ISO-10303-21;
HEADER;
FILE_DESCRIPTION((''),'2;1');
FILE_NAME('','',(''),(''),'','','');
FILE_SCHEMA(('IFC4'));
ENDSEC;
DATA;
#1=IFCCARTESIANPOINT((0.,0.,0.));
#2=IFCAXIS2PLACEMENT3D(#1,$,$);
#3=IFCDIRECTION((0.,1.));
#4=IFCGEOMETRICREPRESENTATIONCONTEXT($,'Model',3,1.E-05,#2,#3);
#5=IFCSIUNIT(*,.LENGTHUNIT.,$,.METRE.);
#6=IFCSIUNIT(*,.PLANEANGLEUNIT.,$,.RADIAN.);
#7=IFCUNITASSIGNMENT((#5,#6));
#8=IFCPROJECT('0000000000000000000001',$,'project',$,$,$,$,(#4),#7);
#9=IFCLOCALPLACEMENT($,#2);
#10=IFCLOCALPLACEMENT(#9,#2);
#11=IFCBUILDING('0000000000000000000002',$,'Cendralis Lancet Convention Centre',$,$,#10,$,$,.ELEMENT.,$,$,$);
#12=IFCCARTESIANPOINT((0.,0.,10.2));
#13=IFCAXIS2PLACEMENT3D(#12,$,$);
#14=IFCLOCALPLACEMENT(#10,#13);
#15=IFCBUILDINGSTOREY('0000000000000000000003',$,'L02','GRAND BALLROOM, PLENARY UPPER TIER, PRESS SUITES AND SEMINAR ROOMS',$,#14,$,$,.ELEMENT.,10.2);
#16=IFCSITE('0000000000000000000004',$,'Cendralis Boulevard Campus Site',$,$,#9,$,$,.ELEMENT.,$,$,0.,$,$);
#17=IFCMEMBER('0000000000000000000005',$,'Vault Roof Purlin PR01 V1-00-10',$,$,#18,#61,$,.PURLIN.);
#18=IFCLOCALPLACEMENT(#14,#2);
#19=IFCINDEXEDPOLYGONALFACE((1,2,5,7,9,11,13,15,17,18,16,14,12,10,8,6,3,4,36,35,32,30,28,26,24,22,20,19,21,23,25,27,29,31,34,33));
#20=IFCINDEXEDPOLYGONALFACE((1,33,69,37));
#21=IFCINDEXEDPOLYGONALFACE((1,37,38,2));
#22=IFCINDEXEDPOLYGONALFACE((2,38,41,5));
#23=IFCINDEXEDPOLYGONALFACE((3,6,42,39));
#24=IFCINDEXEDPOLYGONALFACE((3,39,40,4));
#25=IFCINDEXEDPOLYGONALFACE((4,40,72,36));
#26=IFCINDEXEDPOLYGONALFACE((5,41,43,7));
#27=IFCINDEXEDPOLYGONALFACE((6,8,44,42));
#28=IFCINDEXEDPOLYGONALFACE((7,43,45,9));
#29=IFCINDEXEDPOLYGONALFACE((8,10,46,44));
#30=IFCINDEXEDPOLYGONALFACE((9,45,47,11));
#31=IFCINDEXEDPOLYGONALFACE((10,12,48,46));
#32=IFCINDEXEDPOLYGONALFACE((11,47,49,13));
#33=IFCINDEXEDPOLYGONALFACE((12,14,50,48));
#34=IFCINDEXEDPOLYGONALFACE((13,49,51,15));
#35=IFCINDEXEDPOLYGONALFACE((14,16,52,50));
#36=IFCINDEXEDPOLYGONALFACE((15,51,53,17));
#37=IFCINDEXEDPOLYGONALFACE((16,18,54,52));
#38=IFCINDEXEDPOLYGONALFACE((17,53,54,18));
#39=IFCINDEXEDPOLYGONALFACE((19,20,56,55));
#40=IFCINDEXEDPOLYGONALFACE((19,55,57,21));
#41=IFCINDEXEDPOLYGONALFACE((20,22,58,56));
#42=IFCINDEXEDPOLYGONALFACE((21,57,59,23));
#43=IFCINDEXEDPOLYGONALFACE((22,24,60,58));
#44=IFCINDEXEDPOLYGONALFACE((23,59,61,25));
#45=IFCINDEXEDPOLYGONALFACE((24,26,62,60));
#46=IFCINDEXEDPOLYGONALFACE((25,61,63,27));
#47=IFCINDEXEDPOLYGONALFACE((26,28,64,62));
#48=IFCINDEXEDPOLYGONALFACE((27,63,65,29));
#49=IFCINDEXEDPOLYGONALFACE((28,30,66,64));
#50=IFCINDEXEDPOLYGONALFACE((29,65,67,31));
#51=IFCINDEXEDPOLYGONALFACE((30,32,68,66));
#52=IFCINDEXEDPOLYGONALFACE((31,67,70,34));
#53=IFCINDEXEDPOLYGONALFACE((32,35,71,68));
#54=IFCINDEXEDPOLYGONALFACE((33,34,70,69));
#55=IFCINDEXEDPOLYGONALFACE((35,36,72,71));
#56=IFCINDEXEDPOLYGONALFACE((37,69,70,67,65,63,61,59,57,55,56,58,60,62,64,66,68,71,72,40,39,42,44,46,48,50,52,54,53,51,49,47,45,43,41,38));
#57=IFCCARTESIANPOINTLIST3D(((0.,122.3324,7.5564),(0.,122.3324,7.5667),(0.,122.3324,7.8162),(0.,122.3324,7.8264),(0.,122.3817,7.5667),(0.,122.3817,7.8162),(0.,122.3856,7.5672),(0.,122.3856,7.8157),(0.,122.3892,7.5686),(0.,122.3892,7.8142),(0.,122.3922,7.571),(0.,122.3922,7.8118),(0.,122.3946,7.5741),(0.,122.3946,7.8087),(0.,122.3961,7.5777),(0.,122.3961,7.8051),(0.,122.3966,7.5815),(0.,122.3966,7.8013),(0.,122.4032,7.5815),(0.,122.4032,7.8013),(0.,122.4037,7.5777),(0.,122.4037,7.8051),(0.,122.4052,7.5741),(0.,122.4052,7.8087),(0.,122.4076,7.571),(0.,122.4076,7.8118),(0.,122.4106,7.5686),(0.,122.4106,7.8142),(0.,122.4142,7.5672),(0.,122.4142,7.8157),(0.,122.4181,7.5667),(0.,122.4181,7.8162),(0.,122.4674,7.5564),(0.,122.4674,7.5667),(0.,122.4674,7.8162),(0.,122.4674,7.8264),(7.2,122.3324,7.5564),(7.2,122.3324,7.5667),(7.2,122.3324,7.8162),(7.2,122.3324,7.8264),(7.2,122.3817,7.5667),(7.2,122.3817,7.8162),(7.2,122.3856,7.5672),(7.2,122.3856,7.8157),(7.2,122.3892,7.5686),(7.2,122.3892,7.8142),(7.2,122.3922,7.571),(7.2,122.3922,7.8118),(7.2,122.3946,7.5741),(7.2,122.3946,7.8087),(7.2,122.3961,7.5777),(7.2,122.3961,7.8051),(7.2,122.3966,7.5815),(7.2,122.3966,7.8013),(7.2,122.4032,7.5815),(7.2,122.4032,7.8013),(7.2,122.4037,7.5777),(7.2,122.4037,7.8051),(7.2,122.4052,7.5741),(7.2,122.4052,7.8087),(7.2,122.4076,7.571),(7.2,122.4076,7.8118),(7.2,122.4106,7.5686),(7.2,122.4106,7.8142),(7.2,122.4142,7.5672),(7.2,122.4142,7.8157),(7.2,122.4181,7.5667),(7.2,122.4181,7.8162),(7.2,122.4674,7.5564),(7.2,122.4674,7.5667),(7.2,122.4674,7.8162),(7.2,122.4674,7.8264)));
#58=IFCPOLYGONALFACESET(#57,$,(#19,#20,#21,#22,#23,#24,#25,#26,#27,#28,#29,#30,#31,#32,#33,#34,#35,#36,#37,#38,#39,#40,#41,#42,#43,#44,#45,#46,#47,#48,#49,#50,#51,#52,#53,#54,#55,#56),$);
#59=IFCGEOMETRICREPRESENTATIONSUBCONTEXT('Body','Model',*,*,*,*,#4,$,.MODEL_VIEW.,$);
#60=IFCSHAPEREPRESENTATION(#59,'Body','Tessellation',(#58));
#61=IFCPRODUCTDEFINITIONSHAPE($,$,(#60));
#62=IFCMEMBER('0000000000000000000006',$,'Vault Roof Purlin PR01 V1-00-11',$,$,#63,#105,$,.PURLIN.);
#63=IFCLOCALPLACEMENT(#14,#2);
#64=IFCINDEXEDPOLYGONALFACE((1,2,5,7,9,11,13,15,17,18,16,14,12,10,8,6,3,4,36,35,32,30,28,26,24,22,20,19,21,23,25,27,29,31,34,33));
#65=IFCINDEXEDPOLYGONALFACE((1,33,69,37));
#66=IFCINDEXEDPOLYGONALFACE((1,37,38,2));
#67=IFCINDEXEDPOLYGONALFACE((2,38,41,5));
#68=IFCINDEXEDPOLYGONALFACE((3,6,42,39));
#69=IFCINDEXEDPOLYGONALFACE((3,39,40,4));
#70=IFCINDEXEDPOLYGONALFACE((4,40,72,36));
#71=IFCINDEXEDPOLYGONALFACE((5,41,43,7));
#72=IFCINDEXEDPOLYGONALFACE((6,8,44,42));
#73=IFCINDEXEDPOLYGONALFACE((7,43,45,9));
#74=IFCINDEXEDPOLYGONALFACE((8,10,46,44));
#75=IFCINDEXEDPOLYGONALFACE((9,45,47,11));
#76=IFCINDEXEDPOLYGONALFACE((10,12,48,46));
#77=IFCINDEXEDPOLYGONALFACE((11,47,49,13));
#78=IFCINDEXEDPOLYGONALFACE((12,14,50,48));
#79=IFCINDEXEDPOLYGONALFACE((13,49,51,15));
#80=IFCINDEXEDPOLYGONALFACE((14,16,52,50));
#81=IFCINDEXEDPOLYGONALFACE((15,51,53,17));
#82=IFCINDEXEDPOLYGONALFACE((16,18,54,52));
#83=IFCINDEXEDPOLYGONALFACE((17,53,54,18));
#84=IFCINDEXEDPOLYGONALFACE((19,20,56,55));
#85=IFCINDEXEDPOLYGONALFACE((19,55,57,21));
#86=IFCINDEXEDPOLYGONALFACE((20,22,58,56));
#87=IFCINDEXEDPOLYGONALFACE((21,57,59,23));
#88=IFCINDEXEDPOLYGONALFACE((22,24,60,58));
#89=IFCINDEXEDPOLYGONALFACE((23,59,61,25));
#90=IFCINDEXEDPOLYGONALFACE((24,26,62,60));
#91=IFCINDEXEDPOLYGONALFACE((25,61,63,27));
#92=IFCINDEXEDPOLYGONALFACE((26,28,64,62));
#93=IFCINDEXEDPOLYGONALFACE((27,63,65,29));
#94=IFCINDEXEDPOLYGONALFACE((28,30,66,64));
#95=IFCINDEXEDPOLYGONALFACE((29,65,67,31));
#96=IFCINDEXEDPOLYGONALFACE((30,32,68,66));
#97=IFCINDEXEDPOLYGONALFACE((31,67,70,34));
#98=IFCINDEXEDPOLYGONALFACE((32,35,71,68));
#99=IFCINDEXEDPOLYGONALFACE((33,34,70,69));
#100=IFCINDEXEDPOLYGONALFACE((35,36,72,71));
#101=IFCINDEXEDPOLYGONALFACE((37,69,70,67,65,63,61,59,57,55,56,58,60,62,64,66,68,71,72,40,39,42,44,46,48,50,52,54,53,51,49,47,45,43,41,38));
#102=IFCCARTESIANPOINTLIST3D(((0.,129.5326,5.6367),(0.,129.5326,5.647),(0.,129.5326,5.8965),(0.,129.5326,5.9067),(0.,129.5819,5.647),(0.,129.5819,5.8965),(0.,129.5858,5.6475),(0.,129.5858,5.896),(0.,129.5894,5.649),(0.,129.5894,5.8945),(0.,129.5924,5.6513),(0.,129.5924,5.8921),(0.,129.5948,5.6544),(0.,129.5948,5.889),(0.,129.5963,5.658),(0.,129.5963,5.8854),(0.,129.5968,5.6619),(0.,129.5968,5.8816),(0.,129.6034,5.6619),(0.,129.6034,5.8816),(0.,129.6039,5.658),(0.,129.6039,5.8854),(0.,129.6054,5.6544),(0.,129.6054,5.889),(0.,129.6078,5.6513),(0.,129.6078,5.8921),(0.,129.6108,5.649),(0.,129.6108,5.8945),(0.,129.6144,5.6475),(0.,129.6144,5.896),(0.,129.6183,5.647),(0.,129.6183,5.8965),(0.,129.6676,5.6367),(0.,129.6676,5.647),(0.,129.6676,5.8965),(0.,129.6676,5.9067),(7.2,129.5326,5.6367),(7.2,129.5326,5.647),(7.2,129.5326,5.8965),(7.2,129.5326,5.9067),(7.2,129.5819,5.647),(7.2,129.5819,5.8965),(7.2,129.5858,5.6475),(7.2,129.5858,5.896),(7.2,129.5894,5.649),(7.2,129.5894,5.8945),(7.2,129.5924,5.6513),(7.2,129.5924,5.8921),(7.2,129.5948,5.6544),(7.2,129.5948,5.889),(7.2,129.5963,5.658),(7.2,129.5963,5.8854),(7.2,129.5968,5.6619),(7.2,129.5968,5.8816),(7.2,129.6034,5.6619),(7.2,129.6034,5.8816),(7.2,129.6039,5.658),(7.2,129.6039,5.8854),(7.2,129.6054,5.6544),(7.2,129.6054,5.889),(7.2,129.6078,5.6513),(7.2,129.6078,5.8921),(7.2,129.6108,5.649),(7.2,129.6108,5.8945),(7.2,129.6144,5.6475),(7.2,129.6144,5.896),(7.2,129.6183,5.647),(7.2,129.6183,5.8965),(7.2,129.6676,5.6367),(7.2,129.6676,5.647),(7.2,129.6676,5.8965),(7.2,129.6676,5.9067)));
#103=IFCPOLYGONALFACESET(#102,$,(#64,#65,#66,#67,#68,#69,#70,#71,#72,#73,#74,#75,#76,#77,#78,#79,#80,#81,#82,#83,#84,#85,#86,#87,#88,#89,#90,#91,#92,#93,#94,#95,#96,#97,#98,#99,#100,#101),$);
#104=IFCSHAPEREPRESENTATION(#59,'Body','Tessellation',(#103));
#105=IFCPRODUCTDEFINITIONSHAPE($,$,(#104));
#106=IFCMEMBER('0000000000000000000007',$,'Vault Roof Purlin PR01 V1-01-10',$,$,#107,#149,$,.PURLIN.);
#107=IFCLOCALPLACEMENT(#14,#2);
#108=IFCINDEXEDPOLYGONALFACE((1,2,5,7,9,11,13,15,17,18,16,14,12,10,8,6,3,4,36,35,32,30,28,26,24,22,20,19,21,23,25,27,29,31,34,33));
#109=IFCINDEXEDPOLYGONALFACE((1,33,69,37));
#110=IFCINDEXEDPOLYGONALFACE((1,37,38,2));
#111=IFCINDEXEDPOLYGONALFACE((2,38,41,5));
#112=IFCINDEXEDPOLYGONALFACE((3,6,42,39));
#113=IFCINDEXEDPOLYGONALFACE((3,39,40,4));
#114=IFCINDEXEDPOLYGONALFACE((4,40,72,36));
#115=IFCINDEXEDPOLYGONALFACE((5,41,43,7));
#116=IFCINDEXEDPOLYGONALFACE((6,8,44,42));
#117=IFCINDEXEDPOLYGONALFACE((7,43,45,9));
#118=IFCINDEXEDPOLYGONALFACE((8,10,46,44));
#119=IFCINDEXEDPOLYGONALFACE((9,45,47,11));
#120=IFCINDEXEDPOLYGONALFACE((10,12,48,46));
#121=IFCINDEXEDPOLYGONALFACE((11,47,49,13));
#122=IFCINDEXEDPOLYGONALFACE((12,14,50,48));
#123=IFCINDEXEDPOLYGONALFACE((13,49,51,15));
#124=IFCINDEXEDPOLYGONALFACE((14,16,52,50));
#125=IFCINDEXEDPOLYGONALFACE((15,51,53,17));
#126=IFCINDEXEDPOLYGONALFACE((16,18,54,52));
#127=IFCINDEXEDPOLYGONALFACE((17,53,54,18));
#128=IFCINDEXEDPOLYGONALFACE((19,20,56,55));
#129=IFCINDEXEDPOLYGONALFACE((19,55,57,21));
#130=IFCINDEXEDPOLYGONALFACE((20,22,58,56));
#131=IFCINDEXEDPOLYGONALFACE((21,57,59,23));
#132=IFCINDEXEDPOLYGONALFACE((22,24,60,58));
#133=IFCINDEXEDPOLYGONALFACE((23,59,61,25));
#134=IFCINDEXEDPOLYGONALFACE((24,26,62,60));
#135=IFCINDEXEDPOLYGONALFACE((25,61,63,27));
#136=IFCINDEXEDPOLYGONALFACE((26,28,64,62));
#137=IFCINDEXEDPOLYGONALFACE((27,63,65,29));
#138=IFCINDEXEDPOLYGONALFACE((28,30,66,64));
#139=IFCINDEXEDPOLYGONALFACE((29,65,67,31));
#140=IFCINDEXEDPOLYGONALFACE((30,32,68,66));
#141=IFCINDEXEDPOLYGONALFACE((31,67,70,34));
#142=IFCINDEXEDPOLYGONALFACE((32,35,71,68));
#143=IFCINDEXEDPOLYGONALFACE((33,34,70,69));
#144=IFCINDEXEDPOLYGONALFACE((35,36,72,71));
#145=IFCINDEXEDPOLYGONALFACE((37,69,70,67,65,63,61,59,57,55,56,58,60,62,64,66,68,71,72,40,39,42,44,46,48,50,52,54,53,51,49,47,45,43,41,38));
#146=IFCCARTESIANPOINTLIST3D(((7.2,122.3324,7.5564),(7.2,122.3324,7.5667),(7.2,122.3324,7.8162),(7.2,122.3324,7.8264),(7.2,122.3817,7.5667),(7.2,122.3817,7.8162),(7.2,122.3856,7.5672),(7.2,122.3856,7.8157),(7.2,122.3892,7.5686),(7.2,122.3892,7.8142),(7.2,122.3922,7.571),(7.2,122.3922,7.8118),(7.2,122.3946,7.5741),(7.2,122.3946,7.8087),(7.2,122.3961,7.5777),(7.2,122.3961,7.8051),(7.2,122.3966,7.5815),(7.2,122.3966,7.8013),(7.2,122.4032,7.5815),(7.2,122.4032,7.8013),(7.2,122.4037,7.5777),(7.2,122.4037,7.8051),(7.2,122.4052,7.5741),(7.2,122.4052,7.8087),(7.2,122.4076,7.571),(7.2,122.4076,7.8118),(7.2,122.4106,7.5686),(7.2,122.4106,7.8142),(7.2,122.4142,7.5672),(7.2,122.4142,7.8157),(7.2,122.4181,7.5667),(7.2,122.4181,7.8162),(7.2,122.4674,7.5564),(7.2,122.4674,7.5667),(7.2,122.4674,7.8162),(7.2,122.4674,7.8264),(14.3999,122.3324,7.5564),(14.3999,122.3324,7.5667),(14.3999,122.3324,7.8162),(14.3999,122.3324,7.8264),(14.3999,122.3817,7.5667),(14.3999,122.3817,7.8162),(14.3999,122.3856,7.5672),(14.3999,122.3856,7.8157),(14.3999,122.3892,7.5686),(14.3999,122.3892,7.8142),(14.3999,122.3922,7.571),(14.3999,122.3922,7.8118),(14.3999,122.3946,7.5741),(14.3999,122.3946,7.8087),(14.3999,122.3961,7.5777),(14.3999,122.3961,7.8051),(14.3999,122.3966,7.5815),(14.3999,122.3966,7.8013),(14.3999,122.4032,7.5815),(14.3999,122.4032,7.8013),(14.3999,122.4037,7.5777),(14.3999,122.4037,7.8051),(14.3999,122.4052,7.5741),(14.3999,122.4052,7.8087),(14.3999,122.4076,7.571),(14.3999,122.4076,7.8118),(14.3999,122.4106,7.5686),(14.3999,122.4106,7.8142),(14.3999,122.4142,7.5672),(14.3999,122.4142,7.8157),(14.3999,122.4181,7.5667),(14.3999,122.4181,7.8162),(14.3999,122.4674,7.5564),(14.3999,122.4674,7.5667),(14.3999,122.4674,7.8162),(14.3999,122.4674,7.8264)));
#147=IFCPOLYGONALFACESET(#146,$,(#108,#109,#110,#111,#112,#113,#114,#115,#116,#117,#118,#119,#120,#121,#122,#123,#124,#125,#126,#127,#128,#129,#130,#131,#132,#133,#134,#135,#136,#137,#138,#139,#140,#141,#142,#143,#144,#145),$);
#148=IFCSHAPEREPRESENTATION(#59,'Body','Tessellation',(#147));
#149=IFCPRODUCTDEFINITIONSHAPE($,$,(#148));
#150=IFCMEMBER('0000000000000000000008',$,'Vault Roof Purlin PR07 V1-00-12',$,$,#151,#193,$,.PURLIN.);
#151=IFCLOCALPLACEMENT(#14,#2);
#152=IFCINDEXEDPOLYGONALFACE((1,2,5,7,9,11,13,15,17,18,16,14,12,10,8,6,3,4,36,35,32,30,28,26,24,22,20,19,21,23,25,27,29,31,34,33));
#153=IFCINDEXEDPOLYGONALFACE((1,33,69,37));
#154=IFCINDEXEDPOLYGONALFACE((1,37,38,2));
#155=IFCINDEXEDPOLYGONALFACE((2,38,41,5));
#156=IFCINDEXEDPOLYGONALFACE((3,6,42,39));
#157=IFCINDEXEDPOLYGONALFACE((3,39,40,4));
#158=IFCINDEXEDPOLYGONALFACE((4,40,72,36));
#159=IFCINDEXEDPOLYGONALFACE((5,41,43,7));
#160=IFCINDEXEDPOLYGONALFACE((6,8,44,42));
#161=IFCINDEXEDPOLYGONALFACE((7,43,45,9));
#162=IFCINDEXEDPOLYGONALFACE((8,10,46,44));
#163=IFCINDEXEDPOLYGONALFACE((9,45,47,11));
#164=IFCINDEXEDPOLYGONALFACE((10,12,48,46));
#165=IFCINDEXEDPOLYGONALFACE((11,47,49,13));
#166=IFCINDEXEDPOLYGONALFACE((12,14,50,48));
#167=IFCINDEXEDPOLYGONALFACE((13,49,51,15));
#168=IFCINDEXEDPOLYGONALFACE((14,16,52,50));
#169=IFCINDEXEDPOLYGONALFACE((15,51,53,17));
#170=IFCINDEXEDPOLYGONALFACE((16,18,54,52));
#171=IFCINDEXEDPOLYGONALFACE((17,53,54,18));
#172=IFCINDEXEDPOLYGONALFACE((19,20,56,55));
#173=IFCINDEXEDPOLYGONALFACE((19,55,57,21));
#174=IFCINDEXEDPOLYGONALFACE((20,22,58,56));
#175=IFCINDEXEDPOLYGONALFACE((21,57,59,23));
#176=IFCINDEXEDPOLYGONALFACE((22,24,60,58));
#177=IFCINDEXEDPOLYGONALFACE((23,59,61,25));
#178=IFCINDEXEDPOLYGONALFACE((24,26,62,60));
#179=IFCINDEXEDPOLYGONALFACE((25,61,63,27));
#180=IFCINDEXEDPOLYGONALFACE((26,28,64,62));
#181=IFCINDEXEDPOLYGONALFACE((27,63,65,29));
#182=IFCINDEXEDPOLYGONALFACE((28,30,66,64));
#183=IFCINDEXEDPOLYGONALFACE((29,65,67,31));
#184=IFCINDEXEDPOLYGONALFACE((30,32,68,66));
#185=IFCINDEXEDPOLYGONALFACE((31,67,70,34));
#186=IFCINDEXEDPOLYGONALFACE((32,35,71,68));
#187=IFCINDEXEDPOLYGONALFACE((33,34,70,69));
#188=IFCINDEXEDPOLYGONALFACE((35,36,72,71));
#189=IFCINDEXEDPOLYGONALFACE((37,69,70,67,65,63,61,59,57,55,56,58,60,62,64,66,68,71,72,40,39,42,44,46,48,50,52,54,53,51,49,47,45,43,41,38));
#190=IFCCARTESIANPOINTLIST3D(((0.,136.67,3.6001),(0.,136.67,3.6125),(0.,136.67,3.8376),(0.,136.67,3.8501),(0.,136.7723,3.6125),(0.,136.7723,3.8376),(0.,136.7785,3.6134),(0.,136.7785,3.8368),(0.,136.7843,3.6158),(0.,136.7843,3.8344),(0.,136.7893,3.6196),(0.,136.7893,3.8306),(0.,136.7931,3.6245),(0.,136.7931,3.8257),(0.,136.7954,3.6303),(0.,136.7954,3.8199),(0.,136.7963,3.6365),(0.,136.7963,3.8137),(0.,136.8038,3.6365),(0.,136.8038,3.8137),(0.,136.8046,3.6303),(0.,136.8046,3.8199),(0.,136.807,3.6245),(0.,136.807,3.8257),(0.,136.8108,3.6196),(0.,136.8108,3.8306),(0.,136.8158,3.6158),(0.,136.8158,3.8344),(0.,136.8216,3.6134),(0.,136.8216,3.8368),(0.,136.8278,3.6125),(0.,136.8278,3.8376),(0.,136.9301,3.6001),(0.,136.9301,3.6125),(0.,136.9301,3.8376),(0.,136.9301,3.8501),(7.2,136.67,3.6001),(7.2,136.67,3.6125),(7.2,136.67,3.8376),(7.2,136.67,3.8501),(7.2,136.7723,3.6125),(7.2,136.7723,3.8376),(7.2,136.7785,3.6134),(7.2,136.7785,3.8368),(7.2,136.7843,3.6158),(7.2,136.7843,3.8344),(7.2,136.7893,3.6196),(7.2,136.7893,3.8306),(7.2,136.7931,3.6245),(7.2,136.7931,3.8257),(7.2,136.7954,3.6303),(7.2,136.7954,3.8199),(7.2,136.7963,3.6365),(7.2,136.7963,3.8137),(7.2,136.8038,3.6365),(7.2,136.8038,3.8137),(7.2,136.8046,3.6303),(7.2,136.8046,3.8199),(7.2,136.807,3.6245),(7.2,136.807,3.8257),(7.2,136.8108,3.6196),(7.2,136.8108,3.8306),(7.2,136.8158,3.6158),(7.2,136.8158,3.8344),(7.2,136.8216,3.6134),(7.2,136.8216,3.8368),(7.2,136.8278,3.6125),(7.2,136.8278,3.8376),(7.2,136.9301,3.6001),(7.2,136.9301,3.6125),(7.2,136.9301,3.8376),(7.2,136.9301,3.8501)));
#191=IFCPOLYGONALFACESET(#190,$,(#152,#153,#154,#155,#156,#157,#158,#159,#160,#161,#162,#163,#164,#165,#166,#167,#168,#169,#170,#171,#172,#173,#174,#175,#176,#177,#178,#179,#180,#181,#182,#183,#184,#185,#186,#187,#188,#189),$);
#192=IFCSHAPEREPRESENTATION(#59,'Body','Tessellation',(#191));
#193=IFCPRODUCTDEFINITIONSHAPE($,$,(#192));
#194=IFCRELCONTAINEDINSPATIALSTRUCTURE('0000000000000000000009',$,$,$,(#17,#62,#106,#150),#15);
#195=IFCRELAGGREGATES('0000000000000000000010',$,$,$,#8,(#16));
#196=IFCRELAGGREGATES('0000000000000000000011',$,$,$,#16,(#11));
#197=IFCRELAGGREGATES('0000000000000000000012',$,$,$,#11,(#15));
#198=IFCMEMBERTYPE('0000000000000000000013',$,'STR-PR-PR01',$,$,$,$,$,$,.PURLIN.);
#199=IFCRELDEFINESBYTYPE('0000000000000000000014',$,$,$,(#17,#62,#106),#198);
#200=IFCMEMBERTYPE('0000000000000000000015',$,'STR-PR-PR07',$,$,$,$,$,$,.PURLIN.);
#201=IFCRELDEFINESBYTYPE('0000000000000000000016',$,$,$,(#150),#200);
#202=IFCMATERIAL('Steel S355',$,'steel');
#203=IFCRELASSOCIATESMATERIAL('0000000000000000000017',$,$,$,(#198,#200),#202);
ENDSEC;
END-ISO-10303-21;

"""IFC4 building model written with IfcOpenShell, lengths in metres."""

from ifc_helpers import new_model, si_unit, direction, frame, origin, origin_2d, place, context, subcontext, project, spatial, i_section, extrude, material, material_profile, profile_set, type_object, element, save


model = new_model("IFC4")

# Units and contexts
model_context = context("Model", 3, precision=1e-05, world=origin(), true_north=direction((0.0, 1.0)))
body_context = subcontext(model_context, "Body", "Model", "MODEL_VIEW")
ifc_project = project(units=[si_unit("LENGTHUNIT", "METRE"), si_unit("PLANEANGLEUNIT", "RADIAN")], contexts=[model_context])

# Site, building, storey
site_placement = place(None, origin())
site = spatial("IfcSite", under=ifc_project, at=site_placement, Name="Cendralis Boulevard Campus Site", CompositionType="ELEMENT", RefElevation=0.0)
building_placement = place(site_placement, origin())
building = spatial("IfcBuilding", under=site, at=building_placement, Name="Cendralis Lancet Convention Centre", CompositionType="ELEMENT")
storey_placement = place(building_placement, frame((0.0, 0.0, 10.2)))
storey = spatial("IfcBuildingStorey", under=building, at=storey_placement, Name="L02", Description="GRAND BALLROOM, PLENARY UPPER TIER, PRESS SUITES AND SEMINAR ROOMS", CompositionType="ELEMENT", Elevation=10.2)

# Members
ifc_material_1 = material(Name="Steel S355", Category="steel")
ifc_material_profile_1 = material_profile(ifc_material_1, i_section(OverallWidth=0.135, OverallDepth=0.27, WebThickness=0.0066, FlangeThickness=0.0103, FilletRadius=0.0149, at=origin_2d()), Name="IPE 270")
ifc_profile_set_1 = profile_set([ifc_material_profile_1], Name="Steel S355")
member_type_1 = type_object("IfcMemberType", Name="STR-PR-PR01", PredefinedType="PURLIN", material=ifc_profile_set_1)
for number, where, z_axis, x_axis, name in (
    (1, (0.0, 122.3999, 7.6914), (1.0, 0.0, 0.0), (0.0, 1.0, 0.0), "Vault Roof Purlin PR01 V1-00-10"),
    (2, (0.0, 129.6001, 5.7717), (1.0, 0.0, 0.0), (0.0, 1.0, 0.0), "Vault Roof Purlin PR01 V1-00-11"),
    (3, (7.2, 122.3999, 7.6914), (1.0, 0.0, 0.0), (0.0, 1.0, 0.0), "Vault Roof Purlin PR01 V1-01-10"),
):
    element("IfcMember", number, at=place(storey_placement, frame(where, z_axis=z_axis, x_axis=x_axis)), inside=storey, type_object=member_type_1, Name=name, PredefinedType="PURLIN", context=body_context, shape_type="SweptSolid", body=[
        extrude(i_section(OverallWidth=0.135, OverallDepth=0.27, WebThickness=0.0066, FlangeThickness=0.0103, FilletRadius=0.0149, at=origin_2d()), origin(), (0.0, 0.0, 1.0), 7.2),
    ])
ifc_material_profile_2 = material_profile(ifc_material_1, i_section(OverallWidth=0.26, OverallDepth=0.25, WebThickness=0.0076, FlangeThickness=0.0125, FilletRadius=0.0239, at=origin_2d()), Name="HEA 260")
ifc_profile_set_2 = profile_set([ifc_material_profile_2], Name="Steel S355")
member_type_2 = type_object("IfcMemberType", Name="STR-PR-PR07", PredefinedType="PURLIN", material=ifc_profile_set_2)
member_1_placement = place(storey_placement, frame((0.0, 136.8, 3.7251), z_axis=(1.0, 0.0, 0.0), x_axis=(0.0, 1.0, 0.0)))
element("IfcMember", 4, at=member_1_placement, inside=storey, type_object=member_type_2, Name="Vault Roof Purlin PR07 V1-00-12", PredefinedType="PURLIN", context=body_context, shape_type="SweptSolid", body=[
    extrude(i_section(OverallWidth=0.26, OverallDepth=0.25, WebThickness=0.0076, FlangeThickness=0.0125, FilletRadius=0.0239, at=origin_2d()), origin(), (0.0, 0.0, 1.0), 7.2),
])

save(model, "model.ifc")
